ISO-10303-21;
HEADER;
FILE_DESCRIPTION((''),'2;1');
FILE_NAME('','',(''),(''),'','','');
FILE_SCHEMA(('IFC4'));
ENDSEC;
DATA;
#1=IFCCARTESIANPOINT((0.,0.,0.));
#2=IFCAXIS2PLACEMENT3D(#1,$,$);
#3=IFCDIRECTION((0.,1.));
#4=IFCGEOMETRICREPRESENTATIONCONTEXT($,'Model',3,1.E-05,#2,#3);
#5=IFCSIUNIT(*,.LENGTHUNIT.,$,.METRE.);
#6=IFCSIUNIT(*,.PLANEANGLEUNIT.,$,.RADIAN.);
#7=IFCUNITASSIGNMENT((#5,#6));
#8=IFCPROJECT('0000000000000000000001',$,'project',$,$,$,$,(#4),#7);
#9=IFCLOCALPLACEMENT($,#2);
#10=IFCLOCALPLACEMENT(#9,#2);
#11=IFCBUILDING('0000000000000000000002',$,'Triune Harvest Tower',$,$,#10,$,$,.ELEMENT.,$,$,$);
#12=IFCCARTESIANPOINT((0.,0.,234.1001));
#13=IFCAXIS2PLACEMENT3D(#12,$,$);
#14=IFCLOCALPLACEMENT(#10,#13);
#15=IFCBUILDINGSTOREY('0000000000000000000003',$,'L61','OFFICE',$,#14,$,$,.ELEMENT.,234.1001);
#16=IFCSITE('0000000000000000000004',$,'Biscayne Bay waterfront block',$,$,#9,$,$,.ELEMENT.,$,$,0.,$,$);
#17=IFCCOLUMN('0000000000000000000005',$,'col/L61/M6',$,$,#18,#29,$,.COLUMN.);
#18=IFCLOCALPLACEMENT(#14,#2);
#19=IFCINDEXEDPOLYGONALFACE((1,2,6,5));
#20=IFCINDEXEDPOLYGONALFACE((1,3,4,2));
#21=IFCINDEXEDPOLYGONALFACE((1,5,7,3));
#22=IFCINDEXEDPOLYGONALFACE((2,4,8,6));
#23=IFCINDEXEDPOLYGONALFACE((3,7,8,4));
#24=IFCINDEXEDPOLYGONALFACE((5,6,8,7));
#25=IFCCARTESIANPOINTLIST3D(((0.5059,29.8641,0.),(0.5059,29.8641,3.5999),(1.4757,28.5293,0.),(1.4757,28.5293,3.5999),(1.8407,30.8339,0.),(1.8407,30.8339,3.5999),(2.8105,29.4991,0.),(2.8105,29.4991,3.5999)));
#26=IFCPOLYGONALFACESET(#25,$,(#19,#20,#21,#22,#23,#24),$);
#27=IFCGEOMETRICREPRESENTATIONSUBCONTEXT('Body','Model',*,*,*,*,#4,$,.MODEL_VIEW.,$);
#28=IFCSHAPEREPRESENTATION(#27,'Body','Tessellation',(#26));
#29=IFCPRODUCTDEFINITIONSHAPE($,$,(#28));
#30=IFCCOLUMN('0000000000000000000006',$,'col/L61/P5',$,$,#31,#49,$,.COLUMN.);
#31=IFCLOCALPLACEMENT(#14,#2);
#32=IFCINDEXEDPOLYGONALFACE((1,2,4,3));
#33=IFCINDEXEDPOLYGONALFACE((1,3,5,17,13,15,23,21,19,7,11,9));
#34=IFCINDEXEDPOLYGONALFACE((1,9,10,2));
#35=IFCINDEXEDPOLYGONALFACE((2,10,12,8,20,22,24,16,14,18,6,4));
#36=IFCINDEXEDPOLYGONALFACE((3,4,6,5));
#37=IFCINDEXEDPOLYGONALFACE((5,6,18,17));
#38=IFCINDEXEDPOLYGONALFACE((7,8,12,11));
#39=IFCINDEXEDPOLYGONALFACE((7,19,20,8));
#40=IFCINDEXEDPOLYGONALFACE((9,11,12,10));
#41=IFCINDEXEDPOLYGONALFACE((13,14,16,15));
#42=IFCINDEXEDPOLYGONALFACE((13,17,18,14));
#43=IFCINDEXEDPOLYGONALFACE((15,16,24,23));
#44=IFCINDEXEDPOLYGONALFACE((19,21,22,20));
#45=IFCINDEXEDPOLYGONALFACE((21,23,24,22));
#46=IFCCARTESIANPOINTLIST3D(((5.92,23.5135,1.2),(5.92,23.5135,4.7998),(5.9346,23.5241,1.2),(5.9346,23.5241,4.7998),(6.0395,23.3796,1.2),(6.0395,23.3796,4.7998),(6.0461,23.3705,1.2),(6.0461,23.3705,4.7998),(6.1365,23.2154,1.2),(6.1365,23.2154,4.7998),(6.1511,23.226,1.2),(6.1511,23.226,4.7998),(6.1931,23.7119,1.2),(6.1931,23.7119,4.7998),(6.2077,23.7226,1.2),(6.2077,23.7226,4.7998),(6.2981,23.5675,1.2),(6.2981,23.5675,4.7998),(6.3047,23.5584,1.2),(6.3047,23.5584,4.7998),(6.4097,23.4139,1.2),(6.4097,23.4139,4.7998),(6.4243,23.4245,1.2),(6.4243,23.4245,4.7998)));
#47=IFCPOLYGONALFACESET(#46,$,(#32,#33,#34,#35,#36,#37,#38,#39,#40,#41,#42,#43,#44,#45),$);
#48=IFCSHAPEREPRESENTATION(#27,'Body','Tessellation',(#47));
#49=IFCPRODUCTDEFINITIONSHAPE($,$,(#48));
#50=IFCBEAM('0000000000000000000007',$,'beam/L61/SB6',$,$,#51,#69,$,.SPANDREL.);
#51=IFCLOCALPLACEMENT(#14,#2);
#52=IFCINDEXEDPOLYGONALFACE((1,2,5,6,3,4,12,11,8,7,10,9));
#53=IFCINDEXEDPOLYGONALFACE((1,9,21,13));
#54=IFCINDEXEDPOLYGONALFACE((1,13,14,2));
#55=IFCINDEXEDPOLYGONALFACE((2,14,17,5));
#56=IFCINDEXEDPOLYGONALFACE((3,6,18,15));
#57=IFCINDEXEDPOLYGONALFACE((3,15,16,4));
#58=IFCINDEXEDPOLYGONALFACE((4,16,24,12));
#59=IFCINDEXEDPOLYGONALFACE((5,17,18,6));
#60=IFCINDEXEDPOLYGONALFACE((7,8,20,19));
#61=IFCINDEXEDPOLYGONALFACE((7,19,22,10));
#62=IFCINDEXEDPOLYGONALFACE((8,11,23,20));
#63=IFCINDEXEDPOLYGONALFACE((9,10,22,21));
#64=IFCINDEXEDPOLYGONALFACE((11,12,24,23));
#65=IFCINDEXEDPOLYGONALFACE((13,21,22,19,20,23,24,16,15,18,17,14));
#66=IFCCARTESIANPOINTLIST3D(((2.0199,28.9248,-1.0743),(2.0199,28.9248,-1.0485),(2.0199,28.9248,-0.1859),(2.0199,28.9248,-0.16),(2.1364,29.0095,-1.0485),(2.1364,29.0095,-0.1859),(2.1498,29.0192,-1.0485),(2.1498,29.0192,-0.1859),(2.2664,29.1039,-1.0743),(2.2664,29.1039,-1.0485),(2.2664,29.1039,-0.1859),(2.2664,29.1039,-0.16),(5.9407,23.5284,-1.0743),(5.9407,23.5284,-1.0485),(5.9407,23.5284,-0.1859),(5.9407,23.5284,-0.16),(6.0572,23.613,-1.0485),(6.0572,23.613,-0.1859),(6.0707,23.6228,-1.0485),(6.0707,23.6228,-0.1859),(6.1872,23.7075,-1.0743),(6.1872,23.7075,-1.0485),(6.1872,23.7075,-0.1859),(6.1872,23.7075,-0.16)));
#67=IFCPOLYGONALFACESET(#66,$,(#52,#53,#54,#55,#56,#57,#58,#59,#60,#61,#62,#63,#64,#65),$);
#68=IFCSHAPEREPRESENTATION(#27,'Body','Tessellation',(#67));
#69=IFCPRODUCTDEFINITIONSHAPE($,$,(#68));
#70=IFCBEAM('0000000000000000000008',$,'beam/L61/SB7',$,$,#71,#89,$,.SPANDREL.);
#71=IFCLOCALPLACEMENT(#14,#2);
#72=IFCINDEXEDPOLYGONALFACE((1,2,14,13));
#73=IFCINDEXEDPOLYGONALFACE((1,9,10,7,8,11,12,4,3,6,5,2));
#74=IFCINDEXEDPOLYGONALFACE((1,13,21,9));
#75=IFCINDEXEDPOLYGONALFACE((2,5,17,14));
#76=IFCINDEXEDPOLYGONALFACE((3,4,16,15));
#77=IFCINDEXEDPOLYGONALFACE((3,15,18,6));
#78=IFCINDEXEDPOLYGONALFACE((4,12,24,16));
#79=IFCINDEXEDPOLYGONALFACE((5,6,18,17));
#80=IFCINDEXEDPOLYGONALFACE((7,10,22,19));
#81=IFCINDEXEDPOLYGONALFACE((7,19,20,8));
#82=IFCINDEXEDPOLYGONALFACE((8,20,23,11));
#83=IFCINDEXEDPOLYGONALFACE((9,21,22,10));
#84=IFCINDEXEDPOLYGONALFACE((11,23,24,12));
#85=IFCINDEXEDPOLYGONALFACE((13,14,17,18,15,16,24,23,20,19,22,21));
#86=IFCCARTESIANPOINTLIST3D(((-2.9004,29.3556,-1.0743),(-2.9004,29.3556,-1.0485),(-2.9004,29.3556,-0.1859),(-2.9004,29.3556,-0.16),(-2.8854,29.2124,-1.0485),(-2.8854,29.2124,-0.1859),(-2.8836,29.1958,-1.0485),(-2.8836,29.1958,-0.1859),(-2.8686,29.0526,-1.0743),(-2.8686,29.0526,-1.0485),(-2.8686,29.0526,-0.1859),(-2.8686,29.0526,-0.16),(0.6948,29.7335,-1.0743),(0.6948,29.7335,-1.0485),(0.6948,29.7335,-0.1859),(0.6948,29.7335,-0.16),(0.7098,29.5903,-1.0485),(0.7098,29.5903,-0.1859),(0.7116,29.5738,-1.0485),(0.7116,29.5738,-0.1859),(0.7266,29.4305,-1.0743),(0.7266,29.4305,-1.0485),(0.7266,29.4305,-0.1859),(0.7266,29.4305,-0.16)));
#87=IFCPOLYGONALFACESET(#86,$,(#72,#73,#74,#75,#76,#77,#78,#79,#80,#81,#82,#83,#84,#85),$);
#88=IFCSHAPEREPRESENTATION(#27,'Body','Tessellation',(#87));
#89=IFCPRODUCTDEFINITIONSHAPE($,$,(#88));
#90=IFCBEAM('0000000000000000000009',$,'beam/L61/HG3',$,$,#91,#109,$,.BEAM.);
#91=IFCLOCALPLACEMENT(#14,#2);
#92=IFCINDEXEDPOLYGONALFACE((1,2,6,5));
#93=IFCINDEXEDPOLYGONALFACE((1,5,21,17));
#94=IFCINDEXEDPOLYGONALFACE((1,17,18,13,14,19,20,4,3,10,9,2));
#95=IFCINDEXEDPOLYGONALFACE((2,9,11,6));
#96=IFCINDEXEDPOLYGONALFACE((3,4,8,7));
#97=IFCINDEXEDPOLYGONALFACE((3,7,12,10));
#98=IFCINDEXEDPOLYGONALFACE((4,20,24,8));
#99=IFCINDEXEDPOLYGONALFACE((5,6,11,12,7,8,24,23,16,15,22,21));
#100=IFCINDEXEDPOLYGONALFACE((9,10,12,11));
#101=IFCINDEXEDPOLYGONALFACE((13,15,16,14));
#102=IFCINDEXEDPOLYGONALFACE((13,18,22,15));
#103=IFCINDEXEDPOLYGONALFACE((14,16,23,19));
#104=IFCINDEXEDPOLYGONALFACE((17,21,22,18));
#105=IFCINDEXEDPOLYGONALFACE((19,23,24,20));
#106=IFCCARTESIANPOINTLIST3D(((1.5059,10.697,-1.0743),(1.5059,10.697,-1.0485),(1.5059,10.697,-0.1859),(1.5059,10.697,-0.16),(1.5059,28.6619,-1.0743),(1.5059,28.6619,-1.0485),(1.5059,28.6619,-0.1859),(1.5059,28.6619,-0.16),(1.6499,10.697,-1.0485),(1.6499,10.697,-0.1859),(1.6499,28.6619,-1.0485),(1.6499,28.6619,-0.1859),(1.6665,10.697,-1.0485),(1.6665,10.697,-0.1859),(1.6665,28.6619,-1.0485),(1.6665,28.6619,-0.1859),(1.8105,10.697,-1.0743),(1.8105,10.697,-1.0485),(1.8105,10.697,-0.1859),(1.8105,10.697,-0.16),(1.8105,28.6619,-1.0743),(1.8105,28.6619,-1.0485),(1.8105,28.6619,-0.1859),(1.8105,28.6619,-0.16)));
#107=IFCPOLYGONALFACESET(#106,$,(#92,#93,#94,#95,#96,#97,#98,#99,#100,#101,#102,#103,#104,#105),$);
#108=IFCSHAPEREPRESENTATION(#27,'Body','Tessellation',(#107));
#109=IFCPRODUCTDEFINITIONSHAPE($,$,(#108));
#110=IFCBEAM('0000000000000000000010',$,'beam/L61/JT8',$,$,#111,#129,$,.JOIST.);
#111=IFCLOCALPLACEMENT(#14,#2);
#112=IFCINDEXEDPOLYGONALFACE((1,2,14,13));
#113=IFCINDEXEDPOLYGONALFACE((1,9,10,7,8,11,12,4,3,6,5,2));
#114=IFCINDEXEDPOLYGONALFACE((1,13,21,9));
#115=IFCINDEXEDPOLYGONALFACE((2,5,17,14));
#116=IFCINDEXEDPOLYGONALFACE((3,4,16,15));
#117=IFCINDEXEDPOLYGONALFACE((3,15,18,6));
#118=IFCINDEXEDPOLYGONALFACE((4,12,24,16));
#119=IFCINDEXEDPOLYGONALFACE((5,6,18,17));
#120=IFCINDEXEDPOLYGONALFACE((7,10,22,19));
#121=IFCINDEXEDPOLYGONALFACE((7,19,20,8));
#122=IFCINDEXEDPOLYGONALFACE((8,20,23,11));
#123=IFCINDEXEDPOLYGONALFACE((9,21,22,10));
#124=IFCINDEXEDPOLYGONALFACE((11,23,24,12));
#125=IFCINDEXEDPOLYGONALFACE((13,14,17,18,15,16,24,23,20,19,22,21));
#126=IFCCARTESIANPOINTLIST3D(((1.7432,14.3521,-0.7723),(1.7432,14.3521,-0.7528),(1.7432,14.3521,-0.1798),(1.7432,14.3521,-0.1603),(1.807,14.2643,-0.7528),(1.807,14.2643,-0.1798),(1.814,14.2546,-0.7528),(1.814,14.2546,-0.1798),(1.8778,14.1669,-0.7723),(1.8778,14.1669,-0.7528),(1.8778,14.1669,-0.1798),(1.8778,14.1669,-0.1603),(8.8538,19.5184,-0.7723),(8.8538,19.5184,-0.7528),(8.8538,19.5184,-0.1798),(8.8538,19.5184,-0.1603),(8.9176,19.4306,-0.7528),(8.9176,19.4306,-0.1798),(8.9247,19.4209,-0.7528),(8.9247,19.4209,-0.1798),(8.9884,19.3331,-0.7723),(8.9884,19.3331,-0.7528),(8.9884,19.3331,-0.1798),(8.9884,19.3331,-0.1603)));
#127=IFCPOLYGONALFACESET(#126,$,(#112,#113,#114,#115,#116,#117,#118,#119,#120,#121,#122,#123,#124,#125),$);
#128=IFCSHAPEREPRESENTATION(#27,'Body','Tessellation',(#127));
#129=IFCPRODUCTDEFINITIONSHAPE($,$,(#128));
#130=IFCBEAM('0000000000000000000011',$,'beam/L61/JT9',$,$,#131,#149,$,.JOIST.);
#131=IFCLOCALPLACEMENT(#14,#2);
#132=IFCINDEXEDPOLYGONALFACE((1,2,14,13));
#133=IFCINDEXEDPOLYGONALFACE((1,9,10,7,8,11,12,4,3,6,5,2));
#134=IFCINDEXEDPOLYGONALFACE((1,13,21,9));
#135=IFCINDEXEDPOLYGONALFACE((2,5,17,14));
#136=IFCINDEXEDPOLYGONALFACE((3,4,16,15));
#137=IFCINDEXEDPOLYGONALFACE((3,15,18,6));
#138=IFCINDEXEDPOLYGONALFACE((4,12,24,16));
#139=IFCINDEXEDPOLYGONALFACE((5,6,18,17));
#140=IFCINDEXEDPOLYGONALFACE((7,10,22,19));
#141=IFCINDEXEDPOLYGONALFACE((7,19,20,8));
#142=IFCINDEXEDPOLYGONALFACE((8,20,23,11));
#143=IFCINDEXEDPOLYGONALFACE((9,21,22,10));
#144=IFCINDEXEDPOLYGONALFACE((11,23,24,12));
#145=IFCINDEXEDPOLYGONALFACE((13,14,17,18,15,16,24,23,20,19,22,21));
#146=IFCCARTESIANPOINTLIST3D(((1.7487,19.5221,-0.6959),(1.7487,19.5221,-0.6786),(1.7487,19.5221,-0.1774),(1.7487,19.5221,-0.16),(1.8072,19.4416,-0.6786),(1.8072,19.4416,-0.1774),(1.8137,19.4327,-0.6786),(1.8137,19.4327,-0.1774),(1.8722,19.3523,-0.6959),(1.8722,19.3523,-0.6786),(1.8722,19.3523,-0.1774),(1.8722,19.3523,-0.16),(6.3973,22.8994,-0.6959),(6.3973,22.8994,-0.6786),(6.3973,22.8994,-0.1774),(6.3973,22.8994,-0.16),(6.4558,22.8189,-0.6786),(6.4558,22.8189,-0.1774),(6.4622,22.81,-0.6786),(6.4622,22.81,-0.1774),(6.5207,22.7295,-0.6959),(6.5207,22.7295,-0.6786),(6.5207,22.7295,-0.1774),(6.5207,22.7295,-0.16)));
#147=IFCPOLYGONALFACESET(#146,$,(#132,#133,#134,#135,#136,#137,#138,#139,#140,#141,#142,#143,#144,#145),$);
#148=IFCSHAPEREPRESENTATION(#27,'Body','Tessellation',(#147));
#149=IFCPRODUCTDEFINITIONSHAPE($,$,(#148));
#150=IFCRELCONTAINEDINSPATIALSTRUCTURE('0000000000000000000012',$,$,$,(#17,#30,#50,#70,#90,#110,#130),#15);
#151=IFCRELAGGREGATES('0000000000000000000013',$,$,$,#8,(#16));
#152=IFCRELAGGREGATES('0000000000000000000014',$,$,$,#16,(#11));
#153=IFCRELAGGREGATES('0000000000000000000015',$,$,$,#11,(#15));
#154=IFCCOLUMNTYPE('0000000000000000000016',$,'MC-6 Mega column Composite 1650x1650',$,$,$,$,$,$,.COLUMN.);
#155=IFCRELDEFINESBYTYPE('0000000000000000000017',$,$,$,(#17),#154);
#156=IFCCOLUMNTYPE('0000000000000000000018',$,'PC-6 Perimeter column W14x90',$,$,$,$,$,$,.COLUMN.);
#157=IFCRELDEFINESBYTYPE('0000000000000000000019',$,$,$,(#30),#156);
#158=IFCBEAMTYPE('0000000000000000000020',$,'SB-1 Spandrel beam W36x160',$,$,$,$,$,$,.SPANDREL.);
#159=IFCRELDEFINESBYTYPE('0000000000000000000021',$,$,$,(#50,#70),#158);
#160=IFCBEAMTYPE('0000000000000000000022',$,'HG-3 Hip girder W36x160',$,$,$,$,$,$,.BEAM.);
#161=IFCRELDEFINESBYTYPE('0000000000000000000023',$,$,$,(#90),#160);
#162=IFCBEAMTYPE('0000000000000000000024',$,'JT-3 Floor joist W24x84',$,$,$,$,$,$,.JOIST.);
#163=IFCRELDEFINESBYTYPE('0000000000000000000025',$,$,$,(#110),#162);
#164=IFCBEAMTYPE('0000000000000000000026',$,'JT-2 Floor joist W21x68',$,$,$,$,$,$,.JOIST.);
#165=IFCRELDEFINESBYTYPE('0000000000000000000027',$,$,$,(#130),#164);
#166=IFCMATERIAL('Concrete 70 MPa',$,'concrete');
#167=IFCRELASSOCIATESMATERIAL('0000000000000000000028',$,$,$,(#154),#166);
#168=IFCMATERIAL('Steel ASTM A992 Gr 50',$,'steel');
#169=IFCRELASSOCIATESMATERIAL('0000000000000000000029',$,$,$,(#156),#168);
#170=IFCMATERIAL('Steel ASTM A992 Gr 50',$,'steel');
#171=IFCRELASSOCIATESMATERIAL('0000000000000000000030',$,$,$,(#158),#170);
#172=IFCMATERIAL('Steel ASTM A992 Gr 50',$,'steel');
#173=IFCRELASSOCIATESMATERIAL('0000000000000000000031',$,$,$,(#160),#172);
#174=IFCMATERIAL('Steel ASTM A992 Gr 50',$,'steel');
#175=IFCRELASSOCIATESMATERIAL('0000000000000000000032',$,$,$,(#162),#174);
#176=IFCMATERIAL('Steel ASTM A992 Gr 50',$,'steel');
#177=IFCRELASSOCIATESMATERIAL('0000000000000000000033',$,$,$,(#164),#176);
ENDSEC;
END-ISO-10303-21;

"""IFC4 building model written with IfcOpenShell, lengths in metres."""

from ifc_helpers import new_model, si_unit, direction, frame, origin, origin_2d, place, context, subcontext, project, spatial, rectangle, i_section, extrude, source, transform, mapped, material, material_profile, profile_set, type_object, element, save


model = new_model("IFC4")

# Units and contexts
model_context = context("Model", 3, precision=1e-05, world=origin(), true_north=direction((0.0, 1.0)))
body_context = subcontext(model_context, "Body", "Model", "MODEL_VIEW")
ifc_project = project(units=[si_unit("LENGTHUNIT", "METRE"), si_unit("PLANEANGLEUNIT", "RADIAN")], contexts=[model_context])

# Site, building, storey
site_placement = place(None, origin())
site = spatial("IfcSite", under=ifc_project, at=site_placement, Name="Biscayne Bay waterfront block", CompositionType="ELEMENT", RefElevation=0.0)
building_placement = place(site_placement, origin())
building = spatial("IfcBuilding", under=site, at=building_placement, Name="Triune Harvest Tower", CompositionType="ELEMENT")
storey_placement = place(building_placement, frame((0.0, 0.0, 234.1001)))
storey = spatial("IfcBuildingStorey", under=building, at=storey_placement, Name="L61", Description="OFFICE", CompositionType="ELEMENT", Elevation=234.1001)

# Columns
ifc_material_1 = material(Name="Concrete 70 MPa", Category="concrete")
ifc_material_profile_1 = material_profile(ifc_material_1, rectangle(XDim=1.6499, YDim=1.6499, at=origin_2d()), Name="Composite 1650x1650")
ifc_profile_set_1 = profile_set([ifc_material_profile_1], Name="Concrete 70 MPa")
column_type_1 = type_object("IfcColumnType", Name="MC-6 Mega column Composite 1650x1650", PredefinedType="COLUMN", material=ifc_profile_set_1)
shared_shape_1 = source(origin(), body_context, "Body", "SweptSolid", [
    extrude(rectangle(XDim=1.6499, YDim=1.6499, at=origin_2d()), origin(), (0.0, 0.0, 1.0), 3.5999),
])
column_1_placement = place(storey_placement, frame((1.6582, 29.6816, 0.0), z_axis=(0.0, 0.0, 1.0), x_axis=(-0.587785, 0.809017, 0.0)))
element("IfcColumn", 1, at=column_1_placement, inside=storey, type_object=column_type_1, Name="col/L61/M6", PredefinedType="COLUMN", context=body_context, shape_type="MappedRepresentation", body=[
    mapped(shared_shape_1, transform((0.0, 0.0, 0.0), scale=1.0)),
])
ifc_material_2 = material(Name="Steel ASTM A992 Gr 50", Category="steel")
ifc_material_profile_2 = material_profile(ifc_material_2, i_section(OverallWidth=0.3684, OverallDepth=0.3557, WebThickness=0.0112, FlangeThickness=0.0181, at=origin_2d()), Name="W14x90")
ifc_profile_set_2 = profile_set([ifc_material_profile_2], Name="Steel ASTM A992 Gr 50")
column_type_2 = type_object("IfcColumnType", Name="PC-6 Perimeter column W14x90", PredefinedType="COLUMN", material=ifc_profile_set_2)
shared_shape_2 = source(origin(), body_context, "Body", "SweptSolid", [
    extrude(i_section(OverallWidth=0.3684, OverallDepth=0.3557, WebThickness=0.0112, FlangeThickness=0.0181, at=origin_2d()), origin(), (0.0, 0.0, 1.0), 3.5999),
])
column_2_placement = place(storey_placement, frame((6.1721, 23.469, 1.2), z_axis=(0.0, 0.0, 1.0), x_axis=(-0.587785, 0.809017, 0.0)))
element("IfcColumn", 2, at=column_2_placement, inside=storey, type_object=column_type_2, Name="col/L61/P5", PredefinedType="COLUMN", context=body_context, shape_type="MappedRepresentation", body=[
    mapped(shared_shape_2, transform((0.0, 0.0, 0.0), scale=1.0)),
])

# Beams
ifc_material_3 = material(Name="Steel ASTM A992 Gr 50", Category="steel")
ifc_material_profile_3 = material_profile(ifc_material_3, i_section(OverallWidth=0.3047, OverallDepth=0.9143, WebThickness=0.0166, FlangeThickness=0.0259, at=origin_2d()), Name="W36x160")
ifc_profile_set_3 = profile_set([ifc_material_profile_3], Name="Steel ASTM A992 Gr 50")
beam_type_1 = type_object("IfcBeamType", Name="SB-1 Spandrel beam W36x160", PredefinedType="SPANDREL", material=ifc_profile_set_3)
shared_shape_3 = source(origin(), body_context, "Body", "SweptSolid", [
    extrude(i_section(OverallWidth=0.3047, OverallDepth=0.9143, WebThickness=0.0166, FlangeThickness=0.0259, at=origin_2d()), origin(), (0.0, 0.0, 1.0), 6.6704),
])
beam_1_placement = place(storey_placement, frame((6.064, 23.6179, -0.6172), z_axis=(-0.587797, 0.809008, 0.0), x_axis=(-0.809008, -0.587797, 0.0)))
element("IfcBeam", 3, at=beam_1_placement, inside=storey, type_object=beam_type_1, Name="beam/L61/SB6", PredefinedType="SPANDREL", context=body_context, shape_type="MappedRepresentation", body=[
    mapped(shared_shape_3, transform((0.0, 0.0, 0.0), scale=1.0)),
])
shared_shape_4 = source(origin(), body_context, "Body", "SweptSolid", [
    extrude(i_section(OverallWidth=0.3047, OverallDepth=0.9143, WebThickness=0.0166, FlangeThickness=0.0259, at=origin_2d()), origin(), (0.0, 0.0, 1.0), 3.615),
])
beam_2_placement = place(storey_placement, frame((0.7107, 29.582, -0.6172), z_axis=(-0.99452, -0.104544, 0.0), x_axis=(0.104544, -0.99452, 0.0)))
element("IfcBeam", 4, at=beam_2_placement, inside=storey, type_object=beam_type_1, Name="beam/L61/SB7", PredefinedType="SPANDREL", context=body_context, shape_type="MappedRepresentation", body=[
    mapped(shared_shape_4, transform((0.0, 0.0, 0.0), scale=1.0)),
])
ifc_material_4 = material(Name="Steel ASTM A992 Gr 50", Category="steel")
ifc_material_profile_4 = material_profile(ifc_material_4, i_section(OverallWidth=0.3047, OverallDepth=0.9143, WebThickness=0.0166, FlangeThickness=0.0259, at=origin_2d()), Name="W36x160")
ifc_profile_set_4 = profile_set([ifc_material_profile_4], Name="Steel ASTM A992 Gr 50")
beam_type_2 = type_object("IfcBeamType", Name="HG-3 Hip girder W36x160", PredefinedType="BEAM", material=ifc_profile_set_4)
shared_shape_5 = source(origin(), body_context, "Body", "SweptSolid", [
    extrude(i_section(OverallWidth=0.3047, OverallDepth=0.9143, WebThickness=0.0166, FlangeThickness=0.0259, at=origin_2d()), origin(), (0.0, 0.0, 1.0), 17.9648),
])
beam_3_placement = place(storey_placement, frame((1.6582, 28.6619, -0.6172), z_axis=(0.0, -1.0, 0.0), x_axis=(1.0, 0.0, 0.0)))
element("IfcBeam", 5, at=beam_3_placement, inside=storey, type_object=beam_type_2, Name="beam/L61/HG3", PredefinedType="BEAM", context=body_context, shape_type="MappedRepresentation", body=[
    mapped(shared_shape_5, transform((0.0, 0.0, 0.0), scale=1.0)),
])
ifc_material_5 = material(Name="Steel ASTM A992 Gr 50", Category="steel")
ifc_material_profile_5 = material_profile(ifc_material_5, i_section(OverallWidth=0.229, OverallDepth=0.6121, WebThickness=0.012, FlangeThickness=0.0195, at=origin_2d()), Name="W24x84")
ifc_profile_set_5 = profile_set([ifc_material_profile_5], Name="Steel ASTM A992 Gr 50")
beam_type_3 = type_object("IfcBeamType", Name="JT-3 Floor joist W24x84", PredefinedType="JOIST", material=ifc_profile_set_5)
shared_shape_6 = source(origin(), body_context, "Body", "SweptSolid", [
    extrude(i_section(OverallWidth=0.229, OverallDepth=0.6121, WebThickness=0.012, FlangeThickness=0.0195, at=origin_2d()), origin(), (0.0, 0.0, 1.0), 8.7893),
])
beam_4_placement = place(storey_placement, frame((8.9211, 19.4258, -0.4663), z_axis=(-0.809011, -0.587793, 0.0), x_axis=(0.587793, -0.809011, 0.0)))
element("IfcBeam", 6, at=beam_4_placement, inside=storey, type_object=beam_type_3, Name="beam/L61/JT8", PredefinedType="JOIST", context=body_context, shape_type="MappedRepresentation", body=[
    mapped(shared_shape_6, transform((0.0, 0.0, 0.0), scale=1.0)),
])
ifc_material_6 = material(Name="Steel ASTM A992 Gr 50", Category="steel")
ifc_material_profile_6 = material_profile(ifc_material_6, i_section(OverallWidth=0.21, OverallDepth=0.5359, WebThickness=0.011, FlangeThickness=0.0173, at=origin_2d()), Name="W21x68")
ifc_profile_set_6 = profile_set([ifc_material_profile_6], Name="Steel ASTM A992 Gr 50")
beam_type_4 = type_object("IfcBeamType", Name="JT-2 Floor joist W21x68", PredefinedType="JOIST", material=ifc_profile_set_6)
shared_shape_7 = source(origin(), body_context, "Body", "SweptSolid", [
    extrude(i_section(OverallWidth=0.21, OverallDepth=0.5359, WebThickness=0.011, FlangeThickness=0.0173, at=origin_2d()), origin(), (0.0, 0.0, 1.0), 5.7458),
])
beam_5_placement = place(storey_placement, frame((6.459, 22.8145, -0.428), z_axis=(-0.809024, -0.587775, 0.0), x_axis=(0.587775, -0.809024, 0.0)))
element("IfcBeam", 7, at=beam_5_placement, inside=storey, type_object=beam_type_4, Name="beam/L61/JT9", PredefinedType="JOIST", context=body_context, shape_type="MappedRepresentation", body=[
    mapped(shared_shape_7, transform((0.0, 0.0, 0.0), scale=1.0)),
])

save(model, "model.ifc")
